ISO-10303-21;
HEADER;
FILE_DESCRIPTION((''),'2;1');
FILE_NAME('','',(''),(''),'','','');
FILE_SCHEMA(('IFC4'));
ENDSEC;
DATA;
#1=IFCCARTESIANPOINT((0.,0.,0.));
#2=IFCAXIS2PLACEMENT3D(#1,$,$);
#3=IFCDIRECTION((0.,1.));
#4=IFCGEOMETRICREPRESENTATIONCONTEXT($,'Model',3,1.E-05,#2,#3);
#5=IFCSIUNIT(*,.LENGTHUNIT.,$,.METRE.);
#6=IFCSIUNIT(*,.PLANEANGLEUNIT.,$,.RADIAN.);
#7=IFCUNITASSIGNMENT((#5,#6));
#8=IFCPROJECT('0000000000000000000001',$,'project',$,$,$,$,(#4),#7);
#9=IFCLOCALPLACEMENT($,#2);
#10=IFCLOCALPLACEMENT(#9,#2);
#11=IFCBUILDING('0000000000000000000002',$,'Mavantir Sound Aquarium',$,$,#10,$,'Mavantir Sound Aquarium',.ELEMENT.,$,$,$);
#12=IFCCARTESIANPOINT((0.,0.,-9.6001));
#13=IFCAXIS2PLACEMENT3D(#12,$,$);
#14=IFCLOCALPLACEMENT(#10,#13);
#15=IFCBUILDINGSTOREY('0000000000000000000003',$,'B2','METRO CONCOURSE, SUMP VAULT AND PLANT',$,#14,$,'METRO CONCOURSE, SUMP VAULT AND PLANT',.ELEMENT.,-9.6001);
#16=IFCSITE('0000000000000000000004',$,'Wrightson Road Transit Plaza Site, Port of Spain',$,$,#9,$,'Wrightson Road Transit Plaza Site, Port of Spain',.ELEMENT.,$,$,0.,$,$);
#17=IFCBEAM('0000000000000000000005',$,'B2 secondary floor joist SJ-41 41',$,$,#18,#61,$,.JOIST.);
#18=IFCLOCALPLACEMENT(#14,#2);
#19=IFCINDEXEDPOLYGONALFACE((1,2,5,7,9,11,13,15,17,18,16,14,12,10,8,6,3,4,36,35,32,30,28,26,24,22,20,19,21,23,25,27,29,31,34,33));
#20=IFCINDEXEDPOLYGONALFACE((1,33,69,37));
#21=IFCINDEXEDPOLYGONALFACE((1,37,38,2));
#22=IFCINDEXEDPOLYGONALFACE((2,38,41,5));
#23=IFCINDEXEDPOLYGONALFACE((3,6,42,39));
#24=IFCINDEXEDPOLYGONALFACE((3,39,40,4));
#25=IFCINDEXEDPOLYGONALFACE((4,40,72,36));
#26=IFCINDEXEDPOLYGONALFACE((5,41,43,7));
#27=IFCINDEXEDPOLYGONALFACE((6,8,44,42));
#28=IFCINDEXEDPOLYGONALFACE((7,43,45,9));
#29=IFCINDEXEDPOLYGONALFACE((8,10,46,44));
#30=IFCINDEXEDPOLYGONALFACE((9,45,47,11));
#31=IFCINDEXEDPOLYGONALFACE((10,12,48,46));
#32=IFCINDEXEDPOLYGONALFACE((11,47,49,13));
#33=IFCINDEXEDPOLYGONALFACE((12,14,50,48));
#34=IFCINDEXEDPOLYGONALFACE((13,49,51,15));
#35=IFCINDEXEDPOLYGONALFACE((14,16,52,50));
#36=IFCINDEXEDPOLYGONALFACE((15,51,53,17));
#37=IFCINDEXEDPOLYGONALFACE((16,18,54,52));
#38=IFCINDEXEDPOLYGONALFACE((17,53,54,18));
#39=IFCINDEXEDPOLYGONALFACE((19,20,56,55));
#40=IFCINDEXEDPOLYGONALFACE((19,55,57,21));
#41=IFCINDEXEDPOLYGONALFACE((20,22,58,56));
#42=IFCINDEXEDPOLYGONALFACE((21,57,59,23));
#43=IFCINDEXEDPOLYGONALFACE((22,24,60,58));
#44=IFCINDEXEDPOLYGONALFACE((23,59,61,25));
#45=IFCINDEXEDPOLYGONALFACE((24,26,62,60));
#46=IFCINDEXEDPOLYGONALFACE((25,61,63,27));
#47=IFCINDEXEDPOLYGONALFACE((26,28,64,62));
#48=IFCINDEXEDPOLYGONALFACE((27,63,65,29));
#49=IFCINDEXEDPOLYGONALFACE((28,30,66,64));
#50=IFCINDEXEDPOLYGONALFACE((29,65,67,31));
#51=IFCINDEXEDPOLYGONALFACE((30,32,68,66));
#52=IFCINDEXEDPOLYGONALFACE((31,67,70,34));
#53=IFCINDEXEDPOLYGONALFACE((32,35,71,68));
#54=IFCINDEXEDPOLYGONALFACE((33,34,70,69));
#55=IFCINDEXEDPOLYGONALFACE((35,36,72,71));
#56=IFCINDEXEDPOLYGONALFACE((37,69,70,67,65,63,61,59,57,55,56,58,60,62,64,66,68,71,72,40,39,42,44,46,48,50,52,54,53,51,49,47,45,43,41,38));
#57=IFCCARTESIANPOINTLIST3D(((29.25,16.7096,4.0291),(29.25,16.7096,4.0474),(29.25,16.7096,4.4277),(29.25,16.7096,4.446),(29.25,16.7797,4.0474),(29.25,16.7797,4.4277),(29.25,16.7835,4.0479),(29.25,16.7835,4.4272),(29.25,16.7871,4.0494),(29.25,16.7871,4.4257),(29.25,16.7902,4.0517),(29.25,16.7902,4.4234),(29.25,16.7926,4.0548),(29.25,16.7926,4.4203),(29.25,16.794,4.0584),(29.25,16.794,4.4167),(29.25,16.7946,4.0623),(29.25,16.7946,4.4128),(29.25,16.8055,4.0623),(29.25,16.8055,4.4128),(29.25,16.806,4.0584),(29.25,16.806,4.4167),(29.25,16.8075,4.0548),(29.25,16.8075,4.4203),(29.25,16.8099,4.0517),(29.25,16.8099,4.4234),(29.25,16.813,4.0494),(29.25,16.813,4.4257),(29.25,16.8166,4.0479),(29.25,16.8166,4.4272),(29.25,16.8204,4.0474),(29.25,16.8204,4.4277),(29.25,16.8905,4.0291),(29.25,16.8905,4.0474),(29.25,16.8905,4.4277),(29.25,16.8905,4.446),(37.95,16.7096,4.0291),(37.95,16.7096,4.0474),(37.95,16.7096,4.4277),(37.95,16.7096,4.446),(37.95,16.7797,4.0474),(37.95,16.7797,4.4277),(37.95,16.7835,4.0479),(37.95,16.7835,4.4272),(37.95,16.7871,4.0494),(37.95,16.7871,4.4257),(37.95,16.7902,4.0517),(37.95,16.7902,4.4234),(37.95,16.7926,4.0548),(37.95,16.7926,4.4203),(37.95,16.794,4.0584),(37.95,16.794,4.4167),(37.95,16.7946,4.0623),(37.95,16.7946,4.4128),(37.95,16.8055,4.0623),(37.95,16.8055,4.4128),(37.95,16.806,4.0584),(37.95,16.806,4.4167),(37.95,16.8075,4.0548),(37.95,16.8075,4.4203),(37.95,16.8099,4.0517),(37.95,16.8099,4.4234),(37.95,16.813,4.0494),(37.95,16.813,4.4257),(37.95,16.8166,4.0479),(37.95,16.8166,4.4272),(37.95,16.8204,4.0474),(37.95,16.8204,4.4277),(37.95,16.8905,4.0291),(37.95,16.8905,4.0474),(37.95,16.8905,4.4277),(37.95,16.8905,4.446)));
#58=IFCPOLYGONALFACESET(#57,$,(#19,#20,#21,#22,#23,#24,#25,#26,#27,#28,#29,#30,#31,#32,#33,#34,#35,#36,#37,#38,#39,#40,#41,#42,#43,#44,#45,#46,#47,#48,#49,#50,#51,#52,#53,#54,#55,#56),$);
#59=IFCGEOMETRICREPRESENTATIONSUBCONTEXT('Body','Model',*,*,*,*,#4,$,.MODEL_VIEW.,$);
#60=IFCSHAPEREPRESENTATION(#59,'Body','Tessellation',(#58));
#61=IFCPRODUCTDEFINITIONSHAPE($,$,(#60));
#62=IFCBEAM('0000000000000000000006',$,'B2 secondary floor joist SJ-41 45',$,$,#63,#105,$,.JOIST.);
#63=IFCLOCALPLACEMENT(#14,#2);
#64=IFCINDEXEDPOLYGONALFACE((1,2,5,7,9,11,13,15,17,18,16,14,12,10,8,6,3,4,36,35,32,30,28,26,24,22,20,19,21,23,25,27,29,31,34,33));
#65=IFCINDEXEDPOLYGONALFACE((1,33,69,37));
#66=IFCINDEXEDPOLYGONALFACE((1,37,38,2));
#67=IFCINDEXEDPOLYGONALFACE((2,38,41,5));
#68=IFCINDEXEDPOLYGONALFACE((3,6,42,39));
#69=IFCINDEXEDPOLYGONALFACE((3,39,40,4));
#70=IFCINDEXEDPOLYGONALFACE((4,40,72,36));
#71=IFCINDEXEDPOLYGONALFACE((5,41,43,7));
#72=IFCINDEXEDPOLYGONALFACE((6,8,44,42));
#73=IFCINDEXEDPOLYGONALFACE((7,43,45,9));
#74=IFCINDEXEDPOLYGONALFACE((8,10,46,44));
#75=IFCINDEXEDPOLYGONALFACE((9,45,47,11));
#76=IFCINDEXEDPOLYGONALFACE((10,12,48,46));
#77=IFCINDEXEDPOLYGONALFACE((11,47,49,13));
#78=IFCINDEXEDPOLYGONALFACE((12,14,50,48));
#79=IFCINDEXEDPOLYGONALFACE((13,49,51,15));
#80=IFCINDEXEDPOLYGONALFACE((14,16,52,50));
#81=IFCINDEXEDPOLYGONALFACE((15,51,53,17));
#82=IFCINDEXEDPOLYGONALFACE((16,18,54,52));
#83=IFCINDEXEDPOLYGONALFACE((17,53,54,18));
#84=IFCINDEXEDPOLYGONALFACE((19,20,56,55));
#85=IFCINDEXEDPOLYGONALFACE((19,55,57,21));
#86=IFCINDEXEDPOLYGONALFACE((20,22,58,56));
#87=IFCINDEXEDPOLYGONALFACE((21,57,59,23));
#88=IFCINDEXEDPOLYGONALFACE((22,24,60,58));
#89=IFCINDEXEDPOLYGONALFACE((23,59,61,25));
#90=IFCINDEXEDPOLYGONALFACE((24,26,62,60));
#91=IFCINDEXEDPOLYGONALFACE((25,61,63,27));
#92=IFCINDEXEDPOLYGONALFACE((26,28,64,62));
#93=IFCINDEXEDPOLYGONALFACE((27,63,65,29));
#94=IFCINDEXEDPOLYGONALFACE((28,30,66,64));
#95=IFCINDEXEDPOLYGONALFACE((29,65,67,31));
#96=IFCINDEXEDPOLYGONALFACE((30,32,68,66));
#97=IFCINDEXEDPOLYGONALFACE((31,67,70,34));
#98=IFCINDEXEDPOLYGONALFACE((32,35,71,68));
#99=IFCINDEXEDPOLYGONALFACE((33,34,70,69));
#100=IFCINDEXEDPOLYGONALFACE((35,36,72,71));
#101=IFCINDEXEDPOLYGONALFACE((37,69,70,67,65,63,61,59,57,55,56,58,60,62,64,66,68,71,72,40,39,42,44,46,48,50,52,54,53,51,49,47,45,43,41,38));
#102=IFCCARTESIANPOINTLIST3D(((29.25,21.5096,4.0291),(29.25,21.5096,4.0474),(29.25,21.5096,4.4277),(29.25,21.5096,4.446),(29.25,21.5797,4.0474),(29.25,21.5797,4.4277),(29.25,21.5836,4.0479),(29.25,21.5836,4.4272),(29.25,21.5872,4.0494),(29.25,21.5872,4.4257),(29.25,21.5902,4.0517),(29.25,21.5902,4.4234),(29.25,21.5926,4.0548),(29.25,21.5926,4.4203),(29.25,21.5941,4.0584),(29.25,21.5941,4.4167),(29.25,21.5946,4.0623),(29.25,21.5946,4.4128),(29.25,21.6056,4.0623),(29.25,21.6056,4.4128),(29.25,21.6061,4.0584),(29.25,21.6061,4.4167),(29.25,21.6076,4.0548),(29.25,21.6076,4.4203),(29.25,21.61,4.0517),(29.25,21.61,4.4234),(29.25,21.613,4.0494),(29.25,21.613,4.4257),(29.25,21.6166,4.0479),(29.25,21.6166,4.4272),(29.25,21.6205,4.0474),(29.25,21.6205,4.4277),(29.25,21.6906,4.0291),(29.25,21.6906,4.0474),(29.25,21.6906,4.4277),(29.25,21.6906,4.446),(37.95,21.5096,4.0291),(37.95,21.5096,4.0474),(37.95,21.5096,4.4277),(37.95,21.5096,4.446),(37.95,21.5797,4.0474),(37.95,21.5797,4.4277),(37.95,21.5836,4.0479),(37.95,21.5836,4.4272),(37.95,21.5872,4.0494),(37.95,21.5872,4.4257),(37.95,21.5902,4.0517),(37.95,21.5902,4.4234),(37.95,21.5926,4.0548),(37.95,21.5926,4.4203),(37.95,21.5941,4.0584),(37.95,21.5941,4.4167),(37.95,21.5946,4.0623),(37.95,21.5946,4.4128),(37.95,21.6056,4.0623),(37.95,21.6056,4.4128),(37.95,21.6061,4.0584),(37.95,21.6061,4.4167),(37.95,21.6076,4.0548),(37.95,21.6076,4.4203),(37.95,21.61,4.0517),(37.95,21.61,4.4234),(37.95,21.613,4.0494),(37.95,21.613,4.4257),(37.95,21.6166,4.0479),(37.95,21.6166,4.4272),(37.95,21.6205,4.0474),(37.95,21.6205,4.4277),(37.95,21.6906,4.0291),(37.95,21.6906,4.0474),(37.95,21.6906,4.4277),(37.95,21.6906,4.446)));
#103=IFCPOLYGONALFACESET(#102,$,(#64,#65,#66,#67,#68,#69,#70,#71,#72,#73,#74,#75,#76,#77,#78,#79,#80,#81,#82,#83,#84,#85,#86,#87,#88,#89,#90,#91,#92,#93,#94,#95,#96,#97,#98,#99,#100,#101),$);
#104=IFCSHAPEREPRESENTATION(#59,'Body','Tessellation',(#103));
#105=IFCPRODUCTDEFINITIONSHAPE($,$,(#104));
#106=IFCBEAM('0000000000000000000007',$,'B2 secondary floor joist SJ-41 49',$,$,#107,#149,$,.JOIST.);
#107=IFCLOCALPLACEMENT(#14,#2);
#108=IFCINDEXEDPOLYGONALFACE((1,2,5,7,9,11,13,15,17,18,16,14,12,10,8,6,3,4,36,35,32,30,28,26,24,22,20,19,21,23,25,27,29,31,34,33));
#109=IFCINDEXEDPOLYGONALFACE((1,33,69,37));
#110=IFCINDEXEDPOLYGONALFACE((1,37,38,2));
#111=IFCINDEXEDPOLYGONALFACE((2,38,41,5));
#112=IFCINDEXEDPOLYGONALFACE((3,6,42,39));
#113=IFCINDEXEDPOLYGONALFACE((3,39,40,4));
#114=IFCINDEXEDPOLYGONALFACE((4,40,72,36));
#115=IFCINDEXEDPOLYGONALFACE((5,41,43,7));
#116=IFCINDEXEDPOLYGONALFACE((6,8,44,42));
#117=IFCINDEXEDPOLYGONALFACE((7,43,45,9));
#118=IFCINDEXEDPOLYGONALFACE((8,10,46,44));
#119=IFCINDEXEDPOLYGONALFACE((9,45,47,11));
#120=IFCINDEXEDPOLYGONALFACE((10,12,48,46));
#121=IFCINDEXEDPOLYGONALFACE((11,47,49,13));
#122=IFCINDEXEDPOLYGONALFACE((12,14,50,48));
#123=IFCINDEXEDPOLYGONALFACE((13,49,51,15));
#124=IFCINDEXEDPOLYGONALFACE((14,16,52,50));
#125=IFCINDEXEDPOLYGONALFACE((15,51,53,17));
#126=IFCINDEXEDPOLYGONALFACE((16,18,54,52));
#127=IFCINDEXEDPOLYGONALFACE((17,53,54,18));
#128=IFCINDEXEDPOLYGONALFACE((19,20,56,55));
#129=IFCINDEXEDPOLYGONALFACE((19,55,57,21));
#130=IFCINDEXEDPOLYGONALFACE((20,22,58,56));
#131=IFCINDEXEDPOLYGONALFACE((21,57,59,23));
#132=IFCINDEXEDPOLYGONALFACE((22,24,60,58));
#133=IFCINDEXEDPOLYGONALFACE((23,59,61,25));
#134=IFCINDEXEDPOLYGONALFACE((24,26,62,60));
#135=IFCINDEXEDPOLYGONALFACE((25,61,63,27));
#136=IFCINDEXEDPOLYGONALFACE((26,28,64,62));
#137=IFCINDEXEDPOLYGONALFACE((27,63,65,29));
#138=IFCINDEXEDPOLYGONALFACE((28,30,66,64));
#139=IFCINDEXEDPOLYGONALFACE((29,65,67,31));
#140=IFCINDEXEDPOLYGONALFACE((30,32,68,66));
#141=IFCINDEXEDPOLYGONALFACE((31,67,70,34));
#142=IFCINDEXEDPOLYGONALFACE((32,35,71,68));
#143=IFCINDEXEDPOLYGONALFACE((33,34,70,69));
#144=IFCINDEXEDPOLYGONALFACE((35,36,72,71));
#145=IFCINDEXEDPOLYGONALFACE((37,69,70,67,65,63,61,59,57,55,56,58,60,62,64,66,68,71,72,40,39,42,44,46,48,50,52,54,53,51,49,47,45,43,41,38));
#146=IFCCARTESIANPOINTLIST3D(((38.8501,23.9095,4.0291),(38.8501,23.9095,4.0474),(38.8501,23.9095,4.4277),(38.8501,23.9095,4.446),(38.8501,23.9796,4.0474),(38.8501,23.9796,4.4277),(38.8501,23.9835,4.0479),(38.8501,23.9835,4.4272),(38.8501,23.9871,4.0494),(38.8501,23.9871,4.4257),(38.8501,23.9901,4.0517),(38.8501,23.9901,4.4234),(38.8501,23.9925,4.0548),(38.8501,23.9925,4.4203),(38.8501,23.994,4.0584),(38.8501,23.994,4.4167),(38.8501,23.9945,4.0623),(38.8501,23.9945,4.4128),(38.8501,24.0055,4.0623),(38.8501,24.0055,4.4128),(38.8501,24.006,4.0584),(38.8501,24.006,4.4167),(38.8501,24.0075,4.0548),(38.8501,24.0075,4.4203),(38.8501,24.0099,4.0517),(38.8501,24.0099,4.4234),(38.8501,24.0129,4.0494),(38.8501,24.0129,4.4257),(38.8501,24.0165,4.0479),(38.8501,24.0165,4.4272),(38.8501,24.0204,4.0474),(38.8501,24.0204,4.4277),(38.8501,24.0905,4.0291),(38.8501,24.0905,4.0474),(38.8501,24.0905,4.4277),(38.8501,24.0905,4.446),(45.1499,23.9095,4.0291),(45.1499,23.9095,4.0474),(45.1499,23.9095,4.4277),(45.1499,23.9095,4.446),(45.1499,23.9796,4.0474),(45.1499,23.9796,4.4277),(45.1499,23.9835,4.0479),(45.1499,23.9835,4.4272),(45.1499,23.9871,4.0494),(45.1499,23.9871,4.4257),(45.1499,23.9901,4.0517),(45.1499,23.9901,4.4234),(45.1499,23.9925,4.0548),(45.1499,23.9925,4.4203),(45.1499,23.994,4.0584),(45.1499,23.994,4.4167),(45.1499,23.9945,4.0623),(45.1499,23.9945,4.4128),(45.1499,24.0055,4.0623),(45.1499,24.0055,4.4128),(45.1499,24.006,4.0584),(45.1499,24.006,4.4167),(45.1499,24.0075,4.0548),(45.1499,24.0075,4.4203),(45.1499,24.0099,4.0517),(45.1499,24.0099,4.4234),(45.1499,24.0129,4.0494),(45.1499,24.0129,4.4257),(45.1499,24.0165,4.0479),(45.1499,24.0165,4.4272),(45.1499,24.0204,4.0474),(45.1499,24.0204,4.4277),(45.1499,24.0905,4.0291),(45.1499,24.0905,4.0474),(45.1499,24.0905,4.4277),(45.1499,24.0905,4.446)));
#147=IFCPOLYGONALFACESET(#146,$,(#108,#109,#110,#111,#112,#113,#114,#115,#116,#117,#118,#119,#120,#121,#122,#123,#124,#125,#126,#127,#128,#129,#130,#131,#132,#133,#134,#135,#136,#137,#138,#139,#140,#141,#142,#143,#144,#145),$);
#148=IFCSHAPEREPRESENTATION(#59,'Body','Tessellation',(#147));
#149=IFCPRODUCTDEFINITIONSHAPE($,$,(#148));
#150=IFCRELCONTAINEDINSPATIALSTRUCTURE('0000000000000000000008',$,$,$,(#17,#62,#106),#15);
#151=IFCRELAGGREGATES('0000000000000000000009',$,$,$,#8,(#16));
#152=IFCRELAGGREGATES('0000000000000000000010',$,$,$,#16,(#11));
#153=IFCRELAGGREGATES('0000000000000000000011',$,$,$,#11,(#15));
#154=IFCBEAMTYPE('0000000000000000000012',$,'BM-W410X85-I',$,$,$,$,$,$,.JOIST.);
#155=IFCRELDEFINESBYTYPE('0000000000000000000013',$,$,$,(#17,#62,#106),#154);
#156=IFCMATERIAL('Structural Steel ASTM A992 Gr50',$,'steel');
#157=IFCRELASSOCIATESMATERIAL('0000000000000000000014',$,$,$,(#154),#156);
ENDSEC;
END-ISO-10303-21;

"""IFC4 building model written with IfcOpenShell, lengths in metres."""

from ifc_helpers import new_model, si_unit, direction, frame, origin, origin_2d, place, context, subcontext, project, spatial, i_section, extrude, material, material_profile, profile_set, type_object, element, save


model = new_model("IFC4")

# Units and contexts
model_context = context("Model", 3, precision=1e-05, world=origin(), true_north=direction((0.0, 1.0)))
body_context = subcontext(model_context, "Body", "Model", "MODEL_VIEW")
ifc_project = project(units=[si_unit("LENGTHUNIT", "METRE"), si_unit("PLANEANGLEUNIT", "RADIAN")], contexts=[model_context])

# Site, building, storey
site_placement = place(None, origin())
site = spatial("IfcSite", under=ifc_project, at=site_placement, Name="Wrightson Road Transit Plaza Site, Port of Spain", LongName="Wrightson Road Transit Plaza Site, Port of Spain", CompositionType="ELEMENT", RefElevation=0.0)
building_placement = place(site_placement, origin())
building = spatial("IfcBuilding", under=site, at=building_placement, Name="Mavantir Sound Aquarium", LongName="Mavantir Sound Aquarium", CompositionType="ELEMENT")
storey_placement = place(building_placement, frame((0.0, 0.0, -9.6001)))
storey = spatial("IfcBuildingStorey", under=building, at=storey_placement, Name="B2", Description="METRO CONCOURSE, SUMP VAULT AND PLANT", LongName="METRO CONCOURSE, SUMP VAULT AND PLANT", CompositionType="ELEMENT", Elevation=-9.6001)

# Beams
ifc_material_1 = material(Name="Structural Steel ASTM A992 Gr50", Category="steel")
ifc_material_profile_1 = material_profile(ifc_material_1, i_section(OverallWidth=0.1809, OverallDepth=0.417, WebThickness=0.011, FlangeThickness=0.0183, FilletRadius=0.0149, at=origin_2d()), Name="W410X85")
ifc_profile_set_1 = profile_set([ifc_material_profile_1], Name="Structural Steel ASTM A992 Gr50")
beam_type_1 = type_object("IfcBeamType", Name="BM-W410X85-I", PredefinedType="JOIST", material=ifc_profile_set_1)
for number, where, z_axis, x_axis, name in (
    (1, (29.25, 16.8, 4.2375), (1.0, 0.0, 0.0), (0.0, 1.0, 0.0), "B2 secondary floor joist SJ-41 41"),
    (2, (29.25, 21.6001, 4.2375), (1.0, 0.0, 0.0), (0.0, 1.0, 0.0), "B2 secondary floor joist SJ-41 45"),
):
    element("IfcBeam", number, at=place(storey_placement, frame(where, z_axis=z_axis, x_axis=x_axis)), inside=storey, type_object=beam_type_1, Name=name, PredefinedType="JOIST", context=body_context, shape_type="SweptSolid", body=[
        extrude(i_section(OverallWidth=0.1809, OverallDepth=0.417, WebThickness=0.011, FlangeThickness=0.0183, FilletRadius=0.0149, at=origin_2d()), origin(), (0.0, 0.0, 1.0), 8.7),
    ])
beam_1_placement = place(storey_placement, frame((38.8501, 24.0, 4.2375), z_axis=(1.0, 0.0, 0.0), x_axis=(0.0, 1.0, 0.0)))
element("IfcBeam", 3, at=beam_1_placement, inside=storey, type_object=beam_type_1, Name="B2 secondary floor joist SJ-41 49", PredefinedType="JOIST", context=body_context, shape_type="SweptSolid", body=[
    extrude(i_section(OverallWidth=0.1809, OverallDepth=0.417, WebThickness=0.011, FlangeThickness=0.0183, FilletRadius=0.0149, at=origin_2d()), origin(), (0.0, 0.0, 1.0), 6.2998),
])

save(model, "model.ifc")
